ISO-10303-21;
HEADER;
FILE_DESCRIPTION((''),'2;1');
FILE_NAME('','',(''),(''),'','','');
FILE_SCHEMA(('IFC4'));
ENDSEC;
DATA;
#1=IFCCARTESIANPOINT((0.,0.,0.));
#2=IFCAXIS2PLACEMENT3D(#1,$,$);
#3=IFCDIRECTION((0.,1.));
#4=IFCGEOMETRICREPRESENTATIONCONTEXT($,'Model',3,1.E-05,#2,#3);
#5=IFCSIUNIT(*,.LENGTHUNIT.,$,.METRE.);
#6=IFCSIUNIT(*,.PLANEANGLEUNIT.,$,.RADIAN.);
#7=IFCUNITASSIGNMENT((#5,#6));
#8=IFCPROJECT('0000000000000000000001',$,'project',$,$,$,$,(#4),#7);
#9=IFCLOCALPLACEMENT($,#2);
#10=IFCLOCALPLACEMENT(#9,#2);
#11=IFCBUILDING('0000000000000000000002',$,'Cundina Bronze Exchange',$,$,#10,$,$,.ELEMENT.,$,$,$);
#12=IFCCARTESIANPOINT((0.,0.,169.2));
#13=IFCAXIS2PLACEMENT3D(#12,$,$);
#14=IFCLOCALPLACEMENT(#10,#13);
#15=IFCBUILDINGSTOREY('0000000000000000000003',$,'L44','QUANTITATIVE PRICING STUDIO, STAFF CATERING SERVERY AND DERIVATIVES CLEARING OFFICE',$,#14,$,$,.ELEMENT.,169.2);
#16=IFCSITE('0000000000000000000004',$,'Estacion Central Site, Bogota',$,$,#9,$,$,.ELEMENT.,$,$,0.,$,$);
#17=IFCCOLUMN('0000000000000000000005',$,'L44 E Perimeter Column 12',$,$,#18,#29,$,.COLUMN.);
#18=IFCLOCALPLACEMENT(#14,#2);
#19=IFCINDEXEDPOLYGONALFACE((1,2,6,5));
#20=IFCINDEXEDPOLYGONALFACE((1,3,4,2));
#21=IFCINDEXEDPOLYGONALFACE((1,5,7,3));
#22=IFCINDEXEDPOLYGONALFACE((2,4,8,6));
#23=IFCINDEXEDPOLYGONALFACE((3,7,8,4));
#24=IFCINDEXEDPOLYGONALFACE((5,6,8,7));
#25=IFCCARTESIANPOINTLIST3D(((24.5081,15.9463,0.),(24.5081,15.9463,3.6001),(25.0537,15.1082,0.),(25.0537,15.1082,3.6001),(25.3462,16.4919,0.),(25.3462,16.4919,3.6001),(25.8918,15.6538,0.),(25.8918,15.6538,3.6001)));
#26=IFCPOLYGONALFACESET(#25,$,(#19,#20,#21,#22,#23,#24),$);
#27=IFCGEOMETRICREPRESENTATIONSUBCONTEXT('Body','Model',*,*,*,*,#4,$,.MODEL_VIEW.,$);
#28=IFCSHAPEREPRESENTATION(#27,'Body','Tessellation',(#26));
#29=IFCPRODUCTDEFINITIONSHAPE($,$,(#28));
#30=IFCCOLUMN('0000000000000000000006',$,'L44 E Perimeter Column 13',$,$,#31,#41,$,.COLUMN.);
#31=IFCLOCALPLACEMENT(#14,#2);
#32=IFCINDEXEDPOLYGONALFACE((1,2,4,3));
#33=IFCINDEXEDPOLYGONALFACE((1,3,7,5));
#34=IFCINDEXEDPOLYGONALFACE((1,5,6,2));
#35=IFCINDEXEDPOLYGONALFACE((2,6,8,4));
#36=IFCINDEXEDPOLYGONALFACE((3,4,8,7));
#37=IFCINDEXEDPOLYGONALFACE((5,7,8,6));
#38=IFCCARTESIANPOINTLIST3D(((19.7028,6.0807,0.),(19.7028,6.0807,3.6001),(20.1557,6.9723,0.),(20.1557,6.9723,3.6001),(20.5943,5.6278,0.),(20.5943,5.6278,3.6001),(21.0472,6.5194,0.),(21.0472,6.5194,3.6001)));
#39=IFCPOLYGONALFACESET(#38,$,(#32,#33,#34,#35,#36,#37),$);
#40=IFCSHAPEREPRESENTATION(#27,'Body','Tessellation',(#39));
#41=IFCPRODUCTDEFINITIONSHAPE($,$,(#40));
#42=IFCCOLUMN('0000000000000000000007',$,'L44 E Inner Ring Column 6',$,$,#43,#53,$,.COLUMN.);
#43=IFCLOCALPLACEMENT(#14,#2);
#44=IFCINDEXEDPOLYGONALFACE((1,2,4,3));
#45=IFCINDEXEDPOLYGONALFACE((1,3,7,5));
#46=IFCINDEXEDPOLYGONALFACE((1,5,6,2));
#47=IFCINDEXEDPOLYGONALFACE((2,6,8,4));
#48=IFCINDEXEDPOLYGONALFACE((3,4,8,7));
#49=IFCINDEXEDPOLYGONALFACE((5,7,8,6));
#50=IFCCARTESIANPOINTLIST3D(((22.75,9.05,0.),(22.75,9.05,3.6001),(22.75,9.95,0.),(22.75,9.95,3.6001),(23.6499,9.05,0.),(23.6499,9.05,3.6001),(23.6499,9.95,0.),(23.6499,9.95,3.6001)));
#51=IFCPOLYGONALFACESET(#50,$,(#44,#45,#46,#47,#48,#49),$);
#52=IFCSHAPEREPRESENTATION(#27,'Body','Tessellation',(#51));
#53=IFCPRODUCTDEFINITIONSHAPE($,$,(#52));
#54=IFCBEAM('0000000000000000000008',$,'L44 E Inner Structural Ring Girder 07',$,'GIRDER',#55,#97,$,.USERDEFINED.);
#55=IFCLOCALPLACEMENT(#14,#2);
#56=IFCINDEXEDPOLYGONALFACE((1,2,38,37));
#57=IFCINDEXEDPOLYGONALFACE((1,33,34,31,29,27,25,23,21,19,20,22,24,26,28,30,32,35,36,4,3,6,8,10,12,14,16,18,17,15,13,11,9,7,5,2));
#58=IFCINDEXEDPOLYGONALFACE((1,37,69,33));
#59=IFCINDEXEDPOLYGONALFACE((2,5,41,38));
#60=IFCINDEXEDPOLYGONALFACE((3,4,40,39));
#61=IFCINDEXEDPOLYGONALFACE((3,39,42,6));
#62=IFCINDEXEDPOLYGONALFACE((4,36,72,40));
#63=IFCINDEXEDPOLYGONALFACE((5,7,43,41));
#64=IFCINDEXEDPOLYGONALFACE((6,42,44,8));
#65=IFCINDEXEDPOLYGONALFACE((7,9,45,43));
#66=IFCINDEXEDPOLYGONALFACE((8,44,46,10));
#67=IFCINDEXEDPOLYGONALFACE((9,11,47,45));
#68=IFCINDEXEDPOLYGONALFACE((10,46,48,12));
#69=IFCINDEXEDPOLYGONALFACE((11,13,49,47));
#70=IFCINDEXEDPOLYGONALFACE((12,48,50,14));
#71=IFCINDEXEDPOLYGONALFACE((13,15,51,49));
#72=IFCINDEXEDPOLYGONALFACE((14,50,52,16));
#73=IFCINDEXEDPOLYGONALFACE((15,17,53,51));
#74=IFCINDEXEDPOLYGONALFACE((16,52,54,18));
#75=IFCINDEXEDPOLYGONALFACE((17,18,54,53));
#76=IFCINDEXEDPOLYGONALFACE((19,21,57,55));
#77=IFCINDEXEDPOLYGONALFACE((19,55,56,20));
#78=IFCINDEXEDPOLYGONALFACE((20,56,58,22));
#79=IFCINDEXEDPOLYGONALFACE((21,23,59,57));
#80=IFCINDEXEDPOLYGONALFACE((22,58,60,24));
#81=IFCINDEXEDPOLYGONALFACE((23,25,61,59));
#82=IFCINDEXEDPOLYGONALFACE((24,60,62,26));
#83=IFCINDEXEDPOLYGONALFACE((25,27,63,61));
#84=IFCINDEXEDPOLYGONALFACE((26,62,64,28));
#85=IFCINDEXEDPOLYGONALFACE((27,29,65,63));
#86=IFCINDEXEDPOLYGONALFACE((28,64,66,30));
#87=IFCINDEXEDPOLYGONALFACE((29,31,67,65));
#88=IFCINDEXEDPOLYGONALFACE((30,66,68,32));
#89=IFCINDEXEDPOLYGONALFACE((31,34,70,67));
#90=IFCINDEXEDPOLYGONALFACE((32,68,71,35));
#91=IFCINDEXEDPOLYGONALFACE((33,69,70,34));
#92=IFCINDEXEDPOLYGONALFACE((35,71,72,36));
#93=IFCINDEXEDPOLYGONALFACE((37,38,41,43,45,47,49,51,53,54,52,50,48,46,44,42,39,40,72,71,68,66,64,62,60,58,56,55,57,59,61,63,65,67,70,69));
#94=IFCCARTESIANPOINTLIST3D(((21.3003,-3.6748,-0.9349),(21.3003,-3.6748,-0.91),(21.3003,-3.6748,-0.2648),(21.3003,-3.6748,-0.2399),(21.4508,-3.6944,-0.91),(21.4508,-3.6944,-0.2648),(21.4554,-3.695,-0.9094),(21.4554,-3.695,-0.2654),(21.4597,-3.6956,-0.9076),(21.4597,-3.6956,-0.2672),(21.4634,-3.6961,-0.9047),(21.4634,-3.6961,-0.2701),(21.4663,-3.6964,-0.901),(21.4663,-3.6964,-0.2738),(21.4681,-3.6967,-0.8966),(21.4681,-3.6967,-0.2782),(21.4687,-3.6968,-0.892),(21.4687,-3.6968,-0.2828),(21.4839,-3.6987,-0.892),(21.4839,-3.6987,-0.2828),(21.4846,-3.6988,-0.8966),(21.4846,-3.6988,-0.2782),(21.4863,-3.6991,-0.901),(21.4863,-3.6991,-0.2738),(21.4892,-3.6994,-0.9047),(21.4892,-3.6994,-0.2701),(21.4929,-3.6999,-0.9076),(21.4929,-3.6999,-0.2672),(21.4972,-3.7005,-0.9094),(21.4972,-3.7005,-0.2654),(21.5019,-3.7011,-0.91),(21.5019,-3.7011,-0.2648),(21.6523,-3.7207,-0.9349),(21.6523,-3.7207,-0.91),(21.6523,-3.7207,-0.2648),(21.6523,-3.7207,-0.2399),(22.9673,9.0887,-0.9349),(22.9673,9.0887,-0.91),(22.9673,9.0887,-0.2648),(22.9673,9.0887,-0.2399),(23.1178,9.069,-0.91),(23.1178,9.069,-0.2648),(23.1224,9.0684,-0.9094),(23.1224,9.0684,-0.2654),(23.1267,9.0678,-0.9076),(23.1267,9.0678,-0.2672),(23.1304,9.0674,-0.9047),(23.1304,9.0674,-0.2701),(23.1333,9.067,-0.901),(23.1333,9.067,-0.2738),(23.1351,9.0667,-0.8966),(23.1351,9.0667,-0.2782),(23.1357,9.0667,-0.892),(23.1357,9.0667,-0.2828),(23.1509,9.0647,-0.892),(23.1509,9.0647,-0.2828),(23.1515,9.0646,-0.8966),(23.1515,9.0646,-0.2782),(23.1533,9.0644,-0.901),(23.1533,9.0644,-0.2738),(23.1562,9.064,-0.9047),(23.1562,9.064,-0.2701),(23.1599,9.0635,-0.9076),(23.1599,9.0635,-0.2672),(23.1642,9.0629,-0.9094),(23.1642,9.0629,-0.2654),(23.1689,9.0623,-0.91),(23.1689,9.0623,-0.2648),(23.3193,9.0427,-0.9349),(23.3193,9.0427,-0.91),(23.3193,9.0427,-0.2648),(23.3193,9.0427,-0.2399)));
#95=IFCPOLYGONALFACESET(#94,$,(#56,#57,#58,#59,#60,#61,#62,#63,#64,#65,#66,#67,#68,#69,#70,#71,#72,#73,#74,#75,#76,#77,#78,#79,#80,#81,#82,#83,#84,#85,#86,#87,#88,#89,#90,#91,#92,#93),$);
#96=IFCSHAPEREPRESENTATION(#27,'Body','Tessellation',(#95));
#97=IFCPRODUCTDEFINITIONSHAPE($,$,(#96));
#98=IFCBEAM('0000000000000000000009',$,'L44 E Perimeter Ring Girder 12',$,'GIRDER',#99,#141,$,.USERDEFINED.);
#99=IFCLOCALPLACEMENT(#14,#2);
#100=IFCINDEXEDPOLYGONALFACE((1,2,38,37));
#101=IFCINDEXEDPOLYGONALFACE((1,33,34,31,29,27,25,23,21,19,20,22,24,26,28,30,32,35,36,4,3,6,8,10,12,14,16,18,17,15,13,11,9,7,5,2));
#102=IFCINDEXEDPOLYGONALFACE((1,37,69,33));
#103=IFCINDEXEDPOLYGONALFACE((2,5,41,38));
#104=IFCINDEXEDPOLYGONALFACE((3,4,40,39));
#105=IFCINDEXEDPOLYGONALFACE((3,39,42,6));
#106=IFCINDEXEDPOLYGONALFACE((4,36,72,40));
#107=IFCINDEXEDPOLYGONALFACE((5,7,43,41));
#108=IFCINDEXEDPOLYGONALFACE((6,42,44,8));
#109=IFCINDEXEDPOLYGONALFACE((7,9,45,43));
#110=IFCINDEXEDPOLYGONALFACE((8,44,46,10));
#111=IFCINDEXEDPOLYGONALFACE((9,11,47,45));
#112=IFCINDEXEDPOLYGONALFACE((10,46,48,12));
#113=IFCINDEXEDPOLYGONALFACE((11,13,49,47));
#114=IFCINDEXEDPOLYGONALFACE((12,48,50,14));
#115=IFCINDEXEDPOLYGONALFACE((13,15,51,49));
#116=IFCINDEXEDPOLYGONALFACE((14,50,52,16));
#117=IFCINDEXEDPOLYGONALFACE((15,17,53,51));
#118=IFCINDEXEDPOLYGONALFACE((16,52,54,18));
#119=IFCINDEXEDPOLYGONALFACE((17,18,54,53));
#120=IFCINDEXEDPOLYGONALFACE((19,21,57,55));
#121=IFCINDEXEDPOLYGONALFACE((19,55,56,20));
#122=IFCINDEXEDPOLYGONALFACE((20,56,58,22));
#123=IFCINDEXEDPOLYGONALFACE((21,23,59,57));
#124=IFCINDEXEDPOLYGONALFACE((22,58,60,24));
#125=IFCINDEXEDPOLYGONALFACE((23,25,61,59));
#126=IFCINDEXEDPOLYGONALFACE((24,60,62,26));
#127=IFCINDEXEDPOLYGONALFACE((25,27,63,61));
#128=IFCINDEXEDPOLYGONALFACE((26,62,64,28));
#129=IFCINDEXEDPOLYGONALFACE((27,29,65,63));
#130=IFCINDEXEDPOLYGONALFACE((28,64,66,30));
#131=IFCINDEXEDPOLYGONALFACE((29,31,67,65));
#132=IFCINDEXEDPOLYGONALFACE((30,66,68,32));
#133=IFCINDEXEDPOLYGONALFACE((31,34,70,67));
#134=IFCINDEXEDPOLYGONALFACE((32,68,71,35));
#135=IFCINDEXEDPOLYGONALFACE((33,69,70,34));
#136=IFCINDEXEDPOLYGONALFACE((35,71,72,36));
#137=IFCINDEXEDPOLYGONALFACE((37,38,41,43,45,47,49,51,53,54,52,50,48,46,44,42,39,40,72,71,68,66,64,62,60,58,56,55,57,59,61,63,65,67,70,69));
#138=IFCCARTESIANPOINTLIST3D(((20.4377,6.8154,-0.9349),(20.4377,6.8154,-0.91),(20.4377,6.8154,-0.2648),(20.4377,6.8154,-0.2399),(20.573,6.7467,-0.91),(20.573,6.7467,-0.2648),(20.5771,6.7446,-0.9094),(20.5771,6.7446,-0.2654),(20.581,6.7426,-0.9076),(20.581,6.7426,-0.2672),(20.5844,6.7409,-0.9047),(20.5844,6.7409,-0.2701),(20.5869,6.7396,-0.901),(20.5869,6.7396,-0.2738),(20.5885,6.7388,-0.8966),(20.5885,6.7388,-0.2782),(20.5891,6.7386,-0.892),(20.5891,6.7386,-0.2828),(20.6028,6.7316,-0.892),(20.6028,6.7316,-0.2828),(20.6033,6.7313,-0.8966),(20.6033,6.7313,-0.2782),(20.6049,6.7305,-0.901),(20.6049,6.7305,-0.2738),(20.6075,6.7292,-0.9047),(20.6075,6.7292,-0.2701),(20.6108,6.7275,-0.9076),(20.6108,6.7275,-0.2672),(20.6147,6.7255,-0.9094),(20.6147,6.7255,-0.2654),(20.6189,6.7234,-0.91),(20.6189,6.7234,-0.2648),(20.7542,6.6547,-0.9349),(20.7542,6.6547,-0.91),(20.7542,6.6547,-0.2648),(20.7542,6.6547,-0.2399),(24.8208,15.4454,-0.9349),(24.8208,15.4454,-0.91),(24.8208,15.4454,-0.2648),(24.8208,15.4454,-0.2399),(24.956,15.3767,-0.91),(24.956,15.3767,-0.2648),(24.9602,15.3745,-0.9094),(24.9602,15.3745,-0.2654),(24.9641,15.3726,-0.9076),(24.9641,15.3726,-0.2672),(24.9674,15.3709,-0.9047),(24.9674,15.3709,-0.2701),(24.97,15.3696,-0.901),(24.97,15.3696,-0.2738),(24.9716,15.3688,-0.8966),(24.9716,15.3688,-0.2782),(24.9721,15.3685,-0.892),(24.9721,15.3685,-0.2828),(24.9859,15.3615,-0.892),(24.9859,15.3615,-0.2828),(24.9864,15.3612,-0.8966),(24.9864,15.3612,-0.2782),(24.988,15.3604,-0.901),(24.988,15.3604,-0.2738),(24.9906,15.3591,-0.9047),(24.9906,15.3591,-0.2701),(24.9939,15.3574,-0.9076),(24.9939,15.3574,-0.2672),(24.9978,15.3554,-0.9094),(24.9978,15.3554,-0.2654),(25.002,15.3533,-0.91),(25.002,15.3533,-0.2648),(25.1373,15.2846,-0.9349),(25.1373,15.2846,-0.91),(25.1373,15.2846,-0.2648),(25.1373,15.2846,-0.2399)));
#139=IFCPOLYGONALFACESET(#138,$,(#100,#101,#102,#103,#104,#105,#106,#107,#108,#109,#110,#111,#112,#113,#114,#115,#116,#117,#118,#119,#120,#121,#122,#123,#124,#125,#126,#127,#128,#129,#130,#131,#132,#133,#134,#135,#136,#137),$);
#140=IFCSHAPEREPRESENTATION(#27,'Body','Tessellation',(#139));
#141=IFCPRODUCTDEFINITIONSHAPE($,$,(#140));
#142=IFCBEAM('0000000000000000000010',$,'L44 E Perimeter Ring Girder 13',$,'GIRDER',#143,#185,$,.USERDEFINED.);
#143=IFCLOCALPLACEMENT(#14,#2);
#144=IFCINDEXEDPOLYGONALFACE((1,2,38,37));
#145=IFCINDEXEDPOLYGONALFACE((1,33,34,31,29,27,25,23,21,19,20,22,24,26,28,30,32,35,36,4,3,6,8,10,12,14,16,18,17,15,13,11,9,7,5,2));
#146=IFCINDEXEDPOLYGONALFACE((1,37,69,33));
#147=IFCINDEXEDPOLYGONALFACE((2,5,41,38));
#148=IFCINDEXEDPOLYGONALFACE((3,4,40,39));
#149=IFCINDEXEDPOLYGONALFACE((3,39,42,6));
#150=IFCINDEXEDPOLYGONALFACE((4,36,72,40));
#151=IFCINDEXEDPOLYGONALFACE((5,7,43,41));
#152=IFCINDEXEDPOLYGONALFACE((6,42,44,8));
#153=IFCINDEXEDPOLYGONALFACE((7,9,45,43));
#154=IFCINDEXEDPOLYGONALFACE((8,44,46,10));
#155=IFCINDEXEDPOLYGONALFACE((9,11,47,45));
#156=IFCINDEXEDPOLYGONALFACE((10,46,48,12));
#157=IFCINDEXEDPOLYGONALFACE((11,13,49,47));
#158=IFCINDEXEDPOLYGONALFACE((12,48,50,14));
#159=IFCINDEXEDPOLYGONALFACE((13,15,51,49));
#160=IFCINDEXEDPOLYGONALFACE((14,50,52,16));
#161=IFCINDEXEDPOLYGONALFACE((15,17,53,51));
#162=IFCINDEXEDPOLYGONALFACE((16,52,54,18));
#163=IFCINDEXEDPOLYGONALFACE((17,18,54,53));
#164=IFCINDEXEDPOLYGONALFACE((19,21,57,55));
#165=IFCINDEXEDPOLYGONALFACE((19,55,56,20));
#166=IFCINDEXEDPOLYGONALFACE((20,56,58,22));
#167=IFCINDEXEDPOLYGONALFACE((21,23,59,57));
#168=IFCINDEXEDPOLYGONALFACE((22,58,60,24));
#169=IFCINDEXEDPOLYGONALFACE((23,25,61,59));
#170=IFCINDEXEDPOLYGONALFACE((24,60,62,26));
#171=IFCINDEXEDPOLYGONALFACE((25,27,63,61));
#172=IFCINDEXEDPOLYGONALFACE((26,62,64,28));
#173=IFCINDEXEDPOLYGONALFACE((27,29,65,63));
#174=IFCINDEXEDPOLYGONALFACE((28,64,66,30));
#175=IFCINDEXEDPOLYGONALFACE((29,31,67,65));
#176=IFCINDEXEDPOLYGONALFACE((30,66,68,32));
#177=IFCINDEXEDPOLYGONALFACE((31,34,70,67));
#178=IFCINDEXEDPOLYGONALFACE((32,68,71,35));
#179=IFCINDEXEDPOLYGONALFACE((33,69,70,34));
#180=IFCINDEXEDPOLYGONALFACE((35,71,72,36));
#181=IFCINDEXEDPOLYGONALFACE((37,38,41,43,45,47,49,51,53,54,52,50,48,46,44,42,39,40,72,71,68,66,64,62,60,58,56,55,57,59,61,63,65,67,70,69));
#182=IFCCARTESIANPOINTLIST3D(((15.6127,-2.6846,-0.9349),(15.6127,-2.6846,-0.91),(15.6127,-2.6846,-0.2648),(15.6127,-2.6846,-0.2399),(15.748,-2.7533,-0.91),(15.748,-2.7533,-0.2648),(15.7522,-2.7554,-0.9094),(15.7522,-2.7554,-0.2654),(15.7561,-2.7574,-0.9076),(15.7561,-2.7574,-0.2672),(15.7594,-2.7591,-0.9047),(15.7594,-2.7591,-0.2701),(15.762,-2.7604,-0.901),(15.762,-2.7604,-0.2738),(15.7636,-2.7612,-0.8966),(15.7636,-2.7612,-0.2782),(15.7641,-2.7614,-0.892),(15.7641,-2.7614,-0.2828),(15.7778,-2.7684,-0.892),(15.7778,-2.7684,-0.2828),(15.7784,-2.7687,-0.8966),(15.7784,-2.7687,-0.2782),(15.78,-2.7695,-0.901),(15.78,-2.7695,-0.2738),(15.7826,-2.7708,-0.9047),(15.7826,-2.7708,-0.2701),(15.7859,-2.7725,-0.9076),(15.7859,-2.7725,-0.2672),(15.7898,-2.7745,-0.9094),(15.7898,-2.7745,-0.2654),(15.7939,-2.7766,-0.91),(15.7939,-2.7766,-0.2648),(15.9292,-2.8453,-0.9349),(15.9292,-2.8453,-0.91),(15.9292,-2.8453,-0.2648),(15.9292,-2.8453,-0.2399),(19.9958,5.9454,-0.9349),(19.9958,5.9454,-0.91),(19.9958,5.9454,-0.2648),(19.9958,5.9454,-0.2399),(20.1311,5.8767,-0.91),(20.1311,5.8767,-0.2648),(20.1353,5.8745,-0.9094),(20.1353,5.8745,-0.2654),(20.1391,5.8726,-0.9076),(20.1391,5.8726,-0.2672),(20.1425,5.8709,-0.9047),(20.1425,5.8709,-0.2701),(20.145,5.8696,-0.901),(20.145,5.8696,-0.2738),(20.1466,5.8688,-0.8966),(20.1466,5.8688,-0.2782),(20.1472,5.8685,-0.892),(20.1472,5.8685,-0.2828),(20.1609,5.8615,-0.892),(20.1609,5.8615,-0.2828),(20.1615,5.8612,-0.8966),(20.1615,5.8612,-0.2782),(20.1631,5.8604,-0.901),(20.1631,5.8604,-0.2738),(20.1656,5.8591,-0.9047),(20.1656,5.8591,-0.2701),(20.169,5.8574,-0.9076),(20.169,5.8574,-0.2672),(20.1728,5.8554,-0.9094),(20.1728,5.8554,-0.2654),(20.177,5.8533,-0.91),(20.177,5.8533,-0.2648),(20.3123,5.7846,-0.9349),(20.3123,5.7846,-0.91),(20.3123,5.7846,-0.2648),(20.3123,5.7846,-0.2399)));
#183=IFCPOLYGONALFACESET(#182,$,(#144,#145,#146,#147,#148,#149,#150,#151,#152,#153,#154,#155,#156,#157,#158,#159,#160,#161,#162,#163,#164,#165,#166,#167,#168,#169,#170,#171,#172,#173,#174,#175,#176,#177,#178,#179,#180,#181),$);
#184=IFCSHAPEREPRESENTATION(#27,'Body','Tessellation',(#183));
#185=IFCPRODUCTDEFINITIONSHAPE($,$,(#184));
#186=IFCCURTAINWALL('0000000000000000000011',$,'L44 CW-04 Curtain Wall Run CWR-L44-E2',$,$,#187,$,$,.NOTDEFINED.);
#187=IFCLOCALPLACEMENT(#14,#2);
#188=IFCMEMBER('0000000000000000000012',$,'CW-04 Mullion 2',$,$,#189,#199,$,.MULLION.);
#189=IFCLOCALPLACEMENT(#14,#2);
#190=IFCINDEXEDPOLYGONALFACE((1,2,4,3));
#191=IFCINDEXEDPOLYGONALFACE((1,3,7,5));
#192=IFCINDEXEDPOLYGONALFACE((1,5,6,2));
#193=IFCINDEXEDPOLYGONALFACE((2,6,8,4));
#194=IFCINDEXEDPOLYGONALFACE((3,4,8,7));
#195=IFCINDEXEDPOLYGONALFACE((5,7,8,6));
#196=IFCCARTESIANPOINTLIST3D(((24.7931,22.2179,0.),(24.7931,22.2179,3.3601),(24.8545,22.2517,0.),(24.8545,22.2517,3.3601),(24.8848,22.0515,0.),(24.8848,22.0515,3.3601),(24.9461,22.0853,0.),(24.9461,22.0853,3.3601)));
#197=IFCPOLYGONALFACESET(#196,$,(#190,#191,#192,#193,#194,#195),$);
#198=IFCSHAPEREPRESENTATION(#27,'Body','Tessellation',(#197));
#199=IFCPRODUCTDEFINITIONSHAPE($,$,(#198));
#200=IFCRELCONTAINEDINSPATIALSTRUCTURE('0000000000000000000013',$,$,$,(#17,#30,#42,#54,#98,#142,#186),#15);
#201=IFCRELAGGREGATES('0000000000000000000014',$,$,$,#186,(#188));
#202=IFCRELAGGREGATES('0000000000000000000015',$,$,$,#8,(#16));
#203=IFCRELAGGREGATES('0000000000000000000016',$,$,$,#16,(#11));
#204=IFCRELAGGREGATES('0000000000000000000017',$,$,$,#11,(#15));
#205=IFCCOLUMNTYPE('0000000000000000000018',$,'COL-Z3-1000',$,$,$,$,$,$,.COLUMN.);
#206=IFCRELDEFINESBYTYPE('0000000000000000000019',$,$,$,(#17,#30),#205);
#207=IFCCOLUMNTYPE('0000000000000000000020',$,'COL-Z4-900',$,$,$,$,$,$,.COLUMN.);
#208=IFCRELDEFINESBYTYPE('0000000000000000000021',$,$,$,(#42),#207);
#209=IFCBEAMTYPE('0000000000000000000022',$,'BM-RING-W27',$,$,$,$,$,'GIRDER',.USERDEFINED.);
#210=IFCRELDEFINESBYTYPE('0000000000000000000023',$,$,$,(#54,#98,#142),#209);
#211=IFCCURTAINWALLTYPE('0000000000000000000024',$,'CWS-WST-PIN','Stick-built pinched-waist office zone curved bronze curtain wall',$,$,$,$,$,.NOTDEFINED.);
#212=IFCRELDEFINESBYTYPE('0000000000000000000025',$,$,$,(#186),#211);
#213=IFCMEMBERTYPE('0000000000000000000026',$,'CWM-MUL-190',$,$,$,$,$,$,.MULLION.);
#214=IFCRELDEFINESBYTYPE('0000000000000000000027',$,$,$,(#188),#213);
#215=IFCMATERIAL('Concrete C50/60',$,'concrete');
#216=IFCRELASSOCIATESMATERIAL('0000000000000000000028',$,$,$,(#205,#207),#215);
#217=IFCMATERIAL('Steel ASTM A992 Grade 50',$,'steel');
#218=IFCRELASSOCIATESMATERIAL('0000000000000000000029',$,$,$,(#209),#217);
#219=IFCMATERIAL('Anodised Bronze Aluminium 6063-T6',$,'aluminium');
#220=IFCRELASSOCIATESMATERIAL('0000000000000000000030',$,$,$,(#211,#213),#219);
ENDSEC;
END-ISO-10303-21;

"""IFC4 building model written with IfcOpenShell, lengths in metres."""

from ifc_helpers import new_model, si_unit, direction, frame, origin, origin_2d, place, context, subcontext, project, spatial, rectangle, i_section, extrude, material, material_profile, profile_set, type_object, element, aggregate, save


model = new_model("IFC4")

# Units and contexts
model_context = context("Model", 3, precision=1e-05, world=origin(), true_north=direction((0.0, 1.0)))
body_context = subcontext(model_context, "Body", "Model", "MODEL_VIEW")
ifc_project = project(units=[si_unit("LENGTHUNIT", "METRE"), si_unit("PLANEANGLEUNIT", "RADIAN")], contexts=[model_context])

# Site, building, storey
site_placement = place(None, origin())
site = spatial("IfcSite", under=ifc_project, at=site_placement, Name="Estacion Central Site, Bogota", CompositionType="ELEMENT", RefElevation=0.0)
building_placement = place(site_placement, origin())
building = spatial("IfcBuilding", under=site, at=building_placement, Name="Cundina Bronze Exchange", CompositionType="ELEMENT")
storey_placement = place(building_placement, frame((0.0, 0.0, 169.2)))
storey = spatial("IfcBuildingStorey", under=building, at=storey_placement, Name="L44", Description="QUANTITATIVE PRICING STUDIO, STAFF CATERING SERVERY AND DERIVATIVES CLEARING OFFICE", CompositionType="ELEMENT", Elevation=169.2)

# Columns
ifc_material_1 = material(Name="Concrete C50/60", Category="concrete")
ifc_material_profile_1 = material_profile(ifc_material_1, rectangle(XDim=1.0, YDim=1.0, at=origin_2d()), Name="RC1000X1000", Category="concrete")
ifc_profile_set_1 = profile_set([ifc_material_profile_1], Name="Concrete C50/60")
column_type_1 = type_object("IfcColumnType", Name="COL-Z3-1000", PredefinedType="COLUMN", material=ifc_profile_set_1)
for number, where, z_axis, x_axis, name in (
    (1, (25.2, 15.8, 0.0), (0.0, 0.0, 1.0), (-0.8381, -0.545517, 0.0), "L44 E Perimeter Column 12"),
    (2, (20.375, 6.3, 0.0), (0.0, 0.0, 1.0), (-0.452902, -0.891561, 0.0), "L44 E Perimeter Column 13"),
):
    element("IfcColumn", number, at=place(storey_placement, frame(where, z_axis=z_axis, x_axis=x_axis)), inside=storey, type_object=column_type_1, Name=name, PredefinedType="COLUMN", context=body_context, shape_type="SweptSolid", body=[
        extrude(rectangle(XDim=1.0, YDim=1.0, at=origin_2d()), origin(), (0.0, 0.0, 1.0), 3.6001),
    ])
ifc_material_profile_2 = material_profile(ifc_material_1, rectangle(XDim=0.8999, YDim=0.8999, at=origin_2d()), Name="RC900X900", Category="concrete")
ifc_profile_set_2 = profile_set([ifc_material_profile_2], Name="Concrete C50/60")
column_type_2 = type_object("IfcColumnType", Name="COL-Z4-900", PredefinedType="COLUMN", material=ifc_profile_set_2)
column_placement = place(storey_placement, frame((23.2, 9.5, 0.0), z_axis=(0.0, 0.0, 1.0), x_axis=(1.0, 0.0, 0.0)))
element("IfcColumn", 3, at=column_placement, inside=storey, type_object=column_type_2, Name="L44 E Inner Ring Column 6", PredefinedType="COLUMN", context=body_context, shape_type="SweptSolid", body=[
    extrude(rectangle(XDim=0.8999, YDim=0.8999, at=origin_2d()), origin(), (0.0, 0.0, 1.0), 3.6001),
])

# Beams
ifc_material_2 = material(Name="Steel ASTM A992 Grade 50", Category="steel")
ifc_material_profile_3 = material_profile(ifc_material_2, i_section(OverallWidth=0.355, OverallDepth=0.6951, WebThickness=0.0154, FlangeThickness=0.0249, FilletRadius=0.0181, at=origin_2d()), Name="W27X146", Category="steel")
ifc_profile_set_3 = profile_set([ifc_material_profile_3], Name="Steel ASTM A992 Grade 50")
beam_type = type_object("IfcBeamType", Name="BM-RING-W27", ElementType="GIRDER", PredefinedType="USERDEFINED", material=ifc_profile_set_3)
beam_placement = place(storey_placement, frame((23.1433, 9.0657, -0.5874), z_axis=(-0.129507, -0.991579, 0.0), x_axis=(0.991579, -0.129507, 0.0)))
element("IfcBeam", 4, at=beam_placement, inside=storey, type_object=beam_type, Name="L44 E Inner Structural Ring Girder 07", ObjectType="GIRDER", PredefinedType="USERDEFINED", context=body_context, shape_type="SweptSolid", body=[
    extrude(i_section(OverallWidth=0.355, OverallDepth=0.6951, WebThickness=0.0154, FlangeThickness=0.0249, FilletRadius=0.0181, at=origin_2d()), origin(), (0.0, 0.0, 1.0), 12.8718),
])
for number, where, z_axis, x_axis, name in (
    (5, (24.979, 15.365, -0.5874), (-0.452835, -0.891595, 0.0), (0.891595, -0.452835, 0.0), "L44 E Perimeter Ring Girder 12"),
    (6, (20.1541, 5.865, -0.5874), (-0.452835, -0.891595, 0.0), (0.891595, -0.452835, 0.0), "L44 E Perimeter Ring Girder 13"),
):
    element("IfcBeam", number, at=place(storey_placement, frame(where, z_axis=z_axis, x_axis=x_axis)), inside=storey, type_object=beam_type, Name=name, ObjectType="GIRDER", PredefinedType="USERDEFINED", context=body_context, shape_type="SweptSolid", body=[
        extrude(i_section(OverallWidth=0.355, OverallDepth=0.6951, WebThickness=0.0154, FlangeThickness=0.0249, FilletRadius=0.0181, at=origin_2d()), origin(), (0.0, 0.0, 1.0), 9.6792),
    ])

# Curtain wall, member
ifc_material_3 = material(Name="Anodised Bronze Aluminium 6063-T6", Category="aluminium")
curtain_wall_type = type_object("IfcCurtainWallType", Name="CWS-WST-PIN", Description="Stick-built pinched-waist office zone curved bronze curtain wall", PredefinedType="NOTDEFINED", material=ifc_material_3)
curtain_wall_placement = place(storey_placement, origin())
curtain_wall = element("IfcCurtainWall", 7, at=curtain_wall_placement, inside=storey, type_object=curtain_wall_type, Name="L44 CW-04 Curtain Wall Run CWR-L44-E2", PredefinedType="NOTDEFINED")
ifc_material_profile_4 = material_profile(ifc_material_3, rectangle(XDim=0.0701, YDim=0.1899, at=origin_2d()), Name="AL70X190", Category="aluminium")
ifc_profile_set_4 = profile_set([ifc_material_profile_4], Name="Anodised Bronze Aluminium 6063-T6")
member_type_1 = type_object("IfcMemberType", Name="CWM-MUL-190", PredefinedType="MULLION", material=ifc_profile_set_4)
member_1_placement = place(storey_placement, frame((24.8696, 22.1516, 0.0), z_axis=(0.0, 0.0, 1.0), x_axis=(-0.875886, -0.482518, 0.0)))
member_1 = element("IfcMember", 8, at=member_1_placement, type_object=member_type_1, Name="CW-04 Mullion 2", PredefinedType="MULLION", context=body_context, shape_type="SweptSolid", body=[
    extrude(rectangle(XDim=0.0701, YDim=0.1899, at=origin_2d()), origin(), (0.0, 0.0, 1.0), 3.3601),
])
aggregate(curtain_wall, [member_1])

save(model, "model.ifc")
